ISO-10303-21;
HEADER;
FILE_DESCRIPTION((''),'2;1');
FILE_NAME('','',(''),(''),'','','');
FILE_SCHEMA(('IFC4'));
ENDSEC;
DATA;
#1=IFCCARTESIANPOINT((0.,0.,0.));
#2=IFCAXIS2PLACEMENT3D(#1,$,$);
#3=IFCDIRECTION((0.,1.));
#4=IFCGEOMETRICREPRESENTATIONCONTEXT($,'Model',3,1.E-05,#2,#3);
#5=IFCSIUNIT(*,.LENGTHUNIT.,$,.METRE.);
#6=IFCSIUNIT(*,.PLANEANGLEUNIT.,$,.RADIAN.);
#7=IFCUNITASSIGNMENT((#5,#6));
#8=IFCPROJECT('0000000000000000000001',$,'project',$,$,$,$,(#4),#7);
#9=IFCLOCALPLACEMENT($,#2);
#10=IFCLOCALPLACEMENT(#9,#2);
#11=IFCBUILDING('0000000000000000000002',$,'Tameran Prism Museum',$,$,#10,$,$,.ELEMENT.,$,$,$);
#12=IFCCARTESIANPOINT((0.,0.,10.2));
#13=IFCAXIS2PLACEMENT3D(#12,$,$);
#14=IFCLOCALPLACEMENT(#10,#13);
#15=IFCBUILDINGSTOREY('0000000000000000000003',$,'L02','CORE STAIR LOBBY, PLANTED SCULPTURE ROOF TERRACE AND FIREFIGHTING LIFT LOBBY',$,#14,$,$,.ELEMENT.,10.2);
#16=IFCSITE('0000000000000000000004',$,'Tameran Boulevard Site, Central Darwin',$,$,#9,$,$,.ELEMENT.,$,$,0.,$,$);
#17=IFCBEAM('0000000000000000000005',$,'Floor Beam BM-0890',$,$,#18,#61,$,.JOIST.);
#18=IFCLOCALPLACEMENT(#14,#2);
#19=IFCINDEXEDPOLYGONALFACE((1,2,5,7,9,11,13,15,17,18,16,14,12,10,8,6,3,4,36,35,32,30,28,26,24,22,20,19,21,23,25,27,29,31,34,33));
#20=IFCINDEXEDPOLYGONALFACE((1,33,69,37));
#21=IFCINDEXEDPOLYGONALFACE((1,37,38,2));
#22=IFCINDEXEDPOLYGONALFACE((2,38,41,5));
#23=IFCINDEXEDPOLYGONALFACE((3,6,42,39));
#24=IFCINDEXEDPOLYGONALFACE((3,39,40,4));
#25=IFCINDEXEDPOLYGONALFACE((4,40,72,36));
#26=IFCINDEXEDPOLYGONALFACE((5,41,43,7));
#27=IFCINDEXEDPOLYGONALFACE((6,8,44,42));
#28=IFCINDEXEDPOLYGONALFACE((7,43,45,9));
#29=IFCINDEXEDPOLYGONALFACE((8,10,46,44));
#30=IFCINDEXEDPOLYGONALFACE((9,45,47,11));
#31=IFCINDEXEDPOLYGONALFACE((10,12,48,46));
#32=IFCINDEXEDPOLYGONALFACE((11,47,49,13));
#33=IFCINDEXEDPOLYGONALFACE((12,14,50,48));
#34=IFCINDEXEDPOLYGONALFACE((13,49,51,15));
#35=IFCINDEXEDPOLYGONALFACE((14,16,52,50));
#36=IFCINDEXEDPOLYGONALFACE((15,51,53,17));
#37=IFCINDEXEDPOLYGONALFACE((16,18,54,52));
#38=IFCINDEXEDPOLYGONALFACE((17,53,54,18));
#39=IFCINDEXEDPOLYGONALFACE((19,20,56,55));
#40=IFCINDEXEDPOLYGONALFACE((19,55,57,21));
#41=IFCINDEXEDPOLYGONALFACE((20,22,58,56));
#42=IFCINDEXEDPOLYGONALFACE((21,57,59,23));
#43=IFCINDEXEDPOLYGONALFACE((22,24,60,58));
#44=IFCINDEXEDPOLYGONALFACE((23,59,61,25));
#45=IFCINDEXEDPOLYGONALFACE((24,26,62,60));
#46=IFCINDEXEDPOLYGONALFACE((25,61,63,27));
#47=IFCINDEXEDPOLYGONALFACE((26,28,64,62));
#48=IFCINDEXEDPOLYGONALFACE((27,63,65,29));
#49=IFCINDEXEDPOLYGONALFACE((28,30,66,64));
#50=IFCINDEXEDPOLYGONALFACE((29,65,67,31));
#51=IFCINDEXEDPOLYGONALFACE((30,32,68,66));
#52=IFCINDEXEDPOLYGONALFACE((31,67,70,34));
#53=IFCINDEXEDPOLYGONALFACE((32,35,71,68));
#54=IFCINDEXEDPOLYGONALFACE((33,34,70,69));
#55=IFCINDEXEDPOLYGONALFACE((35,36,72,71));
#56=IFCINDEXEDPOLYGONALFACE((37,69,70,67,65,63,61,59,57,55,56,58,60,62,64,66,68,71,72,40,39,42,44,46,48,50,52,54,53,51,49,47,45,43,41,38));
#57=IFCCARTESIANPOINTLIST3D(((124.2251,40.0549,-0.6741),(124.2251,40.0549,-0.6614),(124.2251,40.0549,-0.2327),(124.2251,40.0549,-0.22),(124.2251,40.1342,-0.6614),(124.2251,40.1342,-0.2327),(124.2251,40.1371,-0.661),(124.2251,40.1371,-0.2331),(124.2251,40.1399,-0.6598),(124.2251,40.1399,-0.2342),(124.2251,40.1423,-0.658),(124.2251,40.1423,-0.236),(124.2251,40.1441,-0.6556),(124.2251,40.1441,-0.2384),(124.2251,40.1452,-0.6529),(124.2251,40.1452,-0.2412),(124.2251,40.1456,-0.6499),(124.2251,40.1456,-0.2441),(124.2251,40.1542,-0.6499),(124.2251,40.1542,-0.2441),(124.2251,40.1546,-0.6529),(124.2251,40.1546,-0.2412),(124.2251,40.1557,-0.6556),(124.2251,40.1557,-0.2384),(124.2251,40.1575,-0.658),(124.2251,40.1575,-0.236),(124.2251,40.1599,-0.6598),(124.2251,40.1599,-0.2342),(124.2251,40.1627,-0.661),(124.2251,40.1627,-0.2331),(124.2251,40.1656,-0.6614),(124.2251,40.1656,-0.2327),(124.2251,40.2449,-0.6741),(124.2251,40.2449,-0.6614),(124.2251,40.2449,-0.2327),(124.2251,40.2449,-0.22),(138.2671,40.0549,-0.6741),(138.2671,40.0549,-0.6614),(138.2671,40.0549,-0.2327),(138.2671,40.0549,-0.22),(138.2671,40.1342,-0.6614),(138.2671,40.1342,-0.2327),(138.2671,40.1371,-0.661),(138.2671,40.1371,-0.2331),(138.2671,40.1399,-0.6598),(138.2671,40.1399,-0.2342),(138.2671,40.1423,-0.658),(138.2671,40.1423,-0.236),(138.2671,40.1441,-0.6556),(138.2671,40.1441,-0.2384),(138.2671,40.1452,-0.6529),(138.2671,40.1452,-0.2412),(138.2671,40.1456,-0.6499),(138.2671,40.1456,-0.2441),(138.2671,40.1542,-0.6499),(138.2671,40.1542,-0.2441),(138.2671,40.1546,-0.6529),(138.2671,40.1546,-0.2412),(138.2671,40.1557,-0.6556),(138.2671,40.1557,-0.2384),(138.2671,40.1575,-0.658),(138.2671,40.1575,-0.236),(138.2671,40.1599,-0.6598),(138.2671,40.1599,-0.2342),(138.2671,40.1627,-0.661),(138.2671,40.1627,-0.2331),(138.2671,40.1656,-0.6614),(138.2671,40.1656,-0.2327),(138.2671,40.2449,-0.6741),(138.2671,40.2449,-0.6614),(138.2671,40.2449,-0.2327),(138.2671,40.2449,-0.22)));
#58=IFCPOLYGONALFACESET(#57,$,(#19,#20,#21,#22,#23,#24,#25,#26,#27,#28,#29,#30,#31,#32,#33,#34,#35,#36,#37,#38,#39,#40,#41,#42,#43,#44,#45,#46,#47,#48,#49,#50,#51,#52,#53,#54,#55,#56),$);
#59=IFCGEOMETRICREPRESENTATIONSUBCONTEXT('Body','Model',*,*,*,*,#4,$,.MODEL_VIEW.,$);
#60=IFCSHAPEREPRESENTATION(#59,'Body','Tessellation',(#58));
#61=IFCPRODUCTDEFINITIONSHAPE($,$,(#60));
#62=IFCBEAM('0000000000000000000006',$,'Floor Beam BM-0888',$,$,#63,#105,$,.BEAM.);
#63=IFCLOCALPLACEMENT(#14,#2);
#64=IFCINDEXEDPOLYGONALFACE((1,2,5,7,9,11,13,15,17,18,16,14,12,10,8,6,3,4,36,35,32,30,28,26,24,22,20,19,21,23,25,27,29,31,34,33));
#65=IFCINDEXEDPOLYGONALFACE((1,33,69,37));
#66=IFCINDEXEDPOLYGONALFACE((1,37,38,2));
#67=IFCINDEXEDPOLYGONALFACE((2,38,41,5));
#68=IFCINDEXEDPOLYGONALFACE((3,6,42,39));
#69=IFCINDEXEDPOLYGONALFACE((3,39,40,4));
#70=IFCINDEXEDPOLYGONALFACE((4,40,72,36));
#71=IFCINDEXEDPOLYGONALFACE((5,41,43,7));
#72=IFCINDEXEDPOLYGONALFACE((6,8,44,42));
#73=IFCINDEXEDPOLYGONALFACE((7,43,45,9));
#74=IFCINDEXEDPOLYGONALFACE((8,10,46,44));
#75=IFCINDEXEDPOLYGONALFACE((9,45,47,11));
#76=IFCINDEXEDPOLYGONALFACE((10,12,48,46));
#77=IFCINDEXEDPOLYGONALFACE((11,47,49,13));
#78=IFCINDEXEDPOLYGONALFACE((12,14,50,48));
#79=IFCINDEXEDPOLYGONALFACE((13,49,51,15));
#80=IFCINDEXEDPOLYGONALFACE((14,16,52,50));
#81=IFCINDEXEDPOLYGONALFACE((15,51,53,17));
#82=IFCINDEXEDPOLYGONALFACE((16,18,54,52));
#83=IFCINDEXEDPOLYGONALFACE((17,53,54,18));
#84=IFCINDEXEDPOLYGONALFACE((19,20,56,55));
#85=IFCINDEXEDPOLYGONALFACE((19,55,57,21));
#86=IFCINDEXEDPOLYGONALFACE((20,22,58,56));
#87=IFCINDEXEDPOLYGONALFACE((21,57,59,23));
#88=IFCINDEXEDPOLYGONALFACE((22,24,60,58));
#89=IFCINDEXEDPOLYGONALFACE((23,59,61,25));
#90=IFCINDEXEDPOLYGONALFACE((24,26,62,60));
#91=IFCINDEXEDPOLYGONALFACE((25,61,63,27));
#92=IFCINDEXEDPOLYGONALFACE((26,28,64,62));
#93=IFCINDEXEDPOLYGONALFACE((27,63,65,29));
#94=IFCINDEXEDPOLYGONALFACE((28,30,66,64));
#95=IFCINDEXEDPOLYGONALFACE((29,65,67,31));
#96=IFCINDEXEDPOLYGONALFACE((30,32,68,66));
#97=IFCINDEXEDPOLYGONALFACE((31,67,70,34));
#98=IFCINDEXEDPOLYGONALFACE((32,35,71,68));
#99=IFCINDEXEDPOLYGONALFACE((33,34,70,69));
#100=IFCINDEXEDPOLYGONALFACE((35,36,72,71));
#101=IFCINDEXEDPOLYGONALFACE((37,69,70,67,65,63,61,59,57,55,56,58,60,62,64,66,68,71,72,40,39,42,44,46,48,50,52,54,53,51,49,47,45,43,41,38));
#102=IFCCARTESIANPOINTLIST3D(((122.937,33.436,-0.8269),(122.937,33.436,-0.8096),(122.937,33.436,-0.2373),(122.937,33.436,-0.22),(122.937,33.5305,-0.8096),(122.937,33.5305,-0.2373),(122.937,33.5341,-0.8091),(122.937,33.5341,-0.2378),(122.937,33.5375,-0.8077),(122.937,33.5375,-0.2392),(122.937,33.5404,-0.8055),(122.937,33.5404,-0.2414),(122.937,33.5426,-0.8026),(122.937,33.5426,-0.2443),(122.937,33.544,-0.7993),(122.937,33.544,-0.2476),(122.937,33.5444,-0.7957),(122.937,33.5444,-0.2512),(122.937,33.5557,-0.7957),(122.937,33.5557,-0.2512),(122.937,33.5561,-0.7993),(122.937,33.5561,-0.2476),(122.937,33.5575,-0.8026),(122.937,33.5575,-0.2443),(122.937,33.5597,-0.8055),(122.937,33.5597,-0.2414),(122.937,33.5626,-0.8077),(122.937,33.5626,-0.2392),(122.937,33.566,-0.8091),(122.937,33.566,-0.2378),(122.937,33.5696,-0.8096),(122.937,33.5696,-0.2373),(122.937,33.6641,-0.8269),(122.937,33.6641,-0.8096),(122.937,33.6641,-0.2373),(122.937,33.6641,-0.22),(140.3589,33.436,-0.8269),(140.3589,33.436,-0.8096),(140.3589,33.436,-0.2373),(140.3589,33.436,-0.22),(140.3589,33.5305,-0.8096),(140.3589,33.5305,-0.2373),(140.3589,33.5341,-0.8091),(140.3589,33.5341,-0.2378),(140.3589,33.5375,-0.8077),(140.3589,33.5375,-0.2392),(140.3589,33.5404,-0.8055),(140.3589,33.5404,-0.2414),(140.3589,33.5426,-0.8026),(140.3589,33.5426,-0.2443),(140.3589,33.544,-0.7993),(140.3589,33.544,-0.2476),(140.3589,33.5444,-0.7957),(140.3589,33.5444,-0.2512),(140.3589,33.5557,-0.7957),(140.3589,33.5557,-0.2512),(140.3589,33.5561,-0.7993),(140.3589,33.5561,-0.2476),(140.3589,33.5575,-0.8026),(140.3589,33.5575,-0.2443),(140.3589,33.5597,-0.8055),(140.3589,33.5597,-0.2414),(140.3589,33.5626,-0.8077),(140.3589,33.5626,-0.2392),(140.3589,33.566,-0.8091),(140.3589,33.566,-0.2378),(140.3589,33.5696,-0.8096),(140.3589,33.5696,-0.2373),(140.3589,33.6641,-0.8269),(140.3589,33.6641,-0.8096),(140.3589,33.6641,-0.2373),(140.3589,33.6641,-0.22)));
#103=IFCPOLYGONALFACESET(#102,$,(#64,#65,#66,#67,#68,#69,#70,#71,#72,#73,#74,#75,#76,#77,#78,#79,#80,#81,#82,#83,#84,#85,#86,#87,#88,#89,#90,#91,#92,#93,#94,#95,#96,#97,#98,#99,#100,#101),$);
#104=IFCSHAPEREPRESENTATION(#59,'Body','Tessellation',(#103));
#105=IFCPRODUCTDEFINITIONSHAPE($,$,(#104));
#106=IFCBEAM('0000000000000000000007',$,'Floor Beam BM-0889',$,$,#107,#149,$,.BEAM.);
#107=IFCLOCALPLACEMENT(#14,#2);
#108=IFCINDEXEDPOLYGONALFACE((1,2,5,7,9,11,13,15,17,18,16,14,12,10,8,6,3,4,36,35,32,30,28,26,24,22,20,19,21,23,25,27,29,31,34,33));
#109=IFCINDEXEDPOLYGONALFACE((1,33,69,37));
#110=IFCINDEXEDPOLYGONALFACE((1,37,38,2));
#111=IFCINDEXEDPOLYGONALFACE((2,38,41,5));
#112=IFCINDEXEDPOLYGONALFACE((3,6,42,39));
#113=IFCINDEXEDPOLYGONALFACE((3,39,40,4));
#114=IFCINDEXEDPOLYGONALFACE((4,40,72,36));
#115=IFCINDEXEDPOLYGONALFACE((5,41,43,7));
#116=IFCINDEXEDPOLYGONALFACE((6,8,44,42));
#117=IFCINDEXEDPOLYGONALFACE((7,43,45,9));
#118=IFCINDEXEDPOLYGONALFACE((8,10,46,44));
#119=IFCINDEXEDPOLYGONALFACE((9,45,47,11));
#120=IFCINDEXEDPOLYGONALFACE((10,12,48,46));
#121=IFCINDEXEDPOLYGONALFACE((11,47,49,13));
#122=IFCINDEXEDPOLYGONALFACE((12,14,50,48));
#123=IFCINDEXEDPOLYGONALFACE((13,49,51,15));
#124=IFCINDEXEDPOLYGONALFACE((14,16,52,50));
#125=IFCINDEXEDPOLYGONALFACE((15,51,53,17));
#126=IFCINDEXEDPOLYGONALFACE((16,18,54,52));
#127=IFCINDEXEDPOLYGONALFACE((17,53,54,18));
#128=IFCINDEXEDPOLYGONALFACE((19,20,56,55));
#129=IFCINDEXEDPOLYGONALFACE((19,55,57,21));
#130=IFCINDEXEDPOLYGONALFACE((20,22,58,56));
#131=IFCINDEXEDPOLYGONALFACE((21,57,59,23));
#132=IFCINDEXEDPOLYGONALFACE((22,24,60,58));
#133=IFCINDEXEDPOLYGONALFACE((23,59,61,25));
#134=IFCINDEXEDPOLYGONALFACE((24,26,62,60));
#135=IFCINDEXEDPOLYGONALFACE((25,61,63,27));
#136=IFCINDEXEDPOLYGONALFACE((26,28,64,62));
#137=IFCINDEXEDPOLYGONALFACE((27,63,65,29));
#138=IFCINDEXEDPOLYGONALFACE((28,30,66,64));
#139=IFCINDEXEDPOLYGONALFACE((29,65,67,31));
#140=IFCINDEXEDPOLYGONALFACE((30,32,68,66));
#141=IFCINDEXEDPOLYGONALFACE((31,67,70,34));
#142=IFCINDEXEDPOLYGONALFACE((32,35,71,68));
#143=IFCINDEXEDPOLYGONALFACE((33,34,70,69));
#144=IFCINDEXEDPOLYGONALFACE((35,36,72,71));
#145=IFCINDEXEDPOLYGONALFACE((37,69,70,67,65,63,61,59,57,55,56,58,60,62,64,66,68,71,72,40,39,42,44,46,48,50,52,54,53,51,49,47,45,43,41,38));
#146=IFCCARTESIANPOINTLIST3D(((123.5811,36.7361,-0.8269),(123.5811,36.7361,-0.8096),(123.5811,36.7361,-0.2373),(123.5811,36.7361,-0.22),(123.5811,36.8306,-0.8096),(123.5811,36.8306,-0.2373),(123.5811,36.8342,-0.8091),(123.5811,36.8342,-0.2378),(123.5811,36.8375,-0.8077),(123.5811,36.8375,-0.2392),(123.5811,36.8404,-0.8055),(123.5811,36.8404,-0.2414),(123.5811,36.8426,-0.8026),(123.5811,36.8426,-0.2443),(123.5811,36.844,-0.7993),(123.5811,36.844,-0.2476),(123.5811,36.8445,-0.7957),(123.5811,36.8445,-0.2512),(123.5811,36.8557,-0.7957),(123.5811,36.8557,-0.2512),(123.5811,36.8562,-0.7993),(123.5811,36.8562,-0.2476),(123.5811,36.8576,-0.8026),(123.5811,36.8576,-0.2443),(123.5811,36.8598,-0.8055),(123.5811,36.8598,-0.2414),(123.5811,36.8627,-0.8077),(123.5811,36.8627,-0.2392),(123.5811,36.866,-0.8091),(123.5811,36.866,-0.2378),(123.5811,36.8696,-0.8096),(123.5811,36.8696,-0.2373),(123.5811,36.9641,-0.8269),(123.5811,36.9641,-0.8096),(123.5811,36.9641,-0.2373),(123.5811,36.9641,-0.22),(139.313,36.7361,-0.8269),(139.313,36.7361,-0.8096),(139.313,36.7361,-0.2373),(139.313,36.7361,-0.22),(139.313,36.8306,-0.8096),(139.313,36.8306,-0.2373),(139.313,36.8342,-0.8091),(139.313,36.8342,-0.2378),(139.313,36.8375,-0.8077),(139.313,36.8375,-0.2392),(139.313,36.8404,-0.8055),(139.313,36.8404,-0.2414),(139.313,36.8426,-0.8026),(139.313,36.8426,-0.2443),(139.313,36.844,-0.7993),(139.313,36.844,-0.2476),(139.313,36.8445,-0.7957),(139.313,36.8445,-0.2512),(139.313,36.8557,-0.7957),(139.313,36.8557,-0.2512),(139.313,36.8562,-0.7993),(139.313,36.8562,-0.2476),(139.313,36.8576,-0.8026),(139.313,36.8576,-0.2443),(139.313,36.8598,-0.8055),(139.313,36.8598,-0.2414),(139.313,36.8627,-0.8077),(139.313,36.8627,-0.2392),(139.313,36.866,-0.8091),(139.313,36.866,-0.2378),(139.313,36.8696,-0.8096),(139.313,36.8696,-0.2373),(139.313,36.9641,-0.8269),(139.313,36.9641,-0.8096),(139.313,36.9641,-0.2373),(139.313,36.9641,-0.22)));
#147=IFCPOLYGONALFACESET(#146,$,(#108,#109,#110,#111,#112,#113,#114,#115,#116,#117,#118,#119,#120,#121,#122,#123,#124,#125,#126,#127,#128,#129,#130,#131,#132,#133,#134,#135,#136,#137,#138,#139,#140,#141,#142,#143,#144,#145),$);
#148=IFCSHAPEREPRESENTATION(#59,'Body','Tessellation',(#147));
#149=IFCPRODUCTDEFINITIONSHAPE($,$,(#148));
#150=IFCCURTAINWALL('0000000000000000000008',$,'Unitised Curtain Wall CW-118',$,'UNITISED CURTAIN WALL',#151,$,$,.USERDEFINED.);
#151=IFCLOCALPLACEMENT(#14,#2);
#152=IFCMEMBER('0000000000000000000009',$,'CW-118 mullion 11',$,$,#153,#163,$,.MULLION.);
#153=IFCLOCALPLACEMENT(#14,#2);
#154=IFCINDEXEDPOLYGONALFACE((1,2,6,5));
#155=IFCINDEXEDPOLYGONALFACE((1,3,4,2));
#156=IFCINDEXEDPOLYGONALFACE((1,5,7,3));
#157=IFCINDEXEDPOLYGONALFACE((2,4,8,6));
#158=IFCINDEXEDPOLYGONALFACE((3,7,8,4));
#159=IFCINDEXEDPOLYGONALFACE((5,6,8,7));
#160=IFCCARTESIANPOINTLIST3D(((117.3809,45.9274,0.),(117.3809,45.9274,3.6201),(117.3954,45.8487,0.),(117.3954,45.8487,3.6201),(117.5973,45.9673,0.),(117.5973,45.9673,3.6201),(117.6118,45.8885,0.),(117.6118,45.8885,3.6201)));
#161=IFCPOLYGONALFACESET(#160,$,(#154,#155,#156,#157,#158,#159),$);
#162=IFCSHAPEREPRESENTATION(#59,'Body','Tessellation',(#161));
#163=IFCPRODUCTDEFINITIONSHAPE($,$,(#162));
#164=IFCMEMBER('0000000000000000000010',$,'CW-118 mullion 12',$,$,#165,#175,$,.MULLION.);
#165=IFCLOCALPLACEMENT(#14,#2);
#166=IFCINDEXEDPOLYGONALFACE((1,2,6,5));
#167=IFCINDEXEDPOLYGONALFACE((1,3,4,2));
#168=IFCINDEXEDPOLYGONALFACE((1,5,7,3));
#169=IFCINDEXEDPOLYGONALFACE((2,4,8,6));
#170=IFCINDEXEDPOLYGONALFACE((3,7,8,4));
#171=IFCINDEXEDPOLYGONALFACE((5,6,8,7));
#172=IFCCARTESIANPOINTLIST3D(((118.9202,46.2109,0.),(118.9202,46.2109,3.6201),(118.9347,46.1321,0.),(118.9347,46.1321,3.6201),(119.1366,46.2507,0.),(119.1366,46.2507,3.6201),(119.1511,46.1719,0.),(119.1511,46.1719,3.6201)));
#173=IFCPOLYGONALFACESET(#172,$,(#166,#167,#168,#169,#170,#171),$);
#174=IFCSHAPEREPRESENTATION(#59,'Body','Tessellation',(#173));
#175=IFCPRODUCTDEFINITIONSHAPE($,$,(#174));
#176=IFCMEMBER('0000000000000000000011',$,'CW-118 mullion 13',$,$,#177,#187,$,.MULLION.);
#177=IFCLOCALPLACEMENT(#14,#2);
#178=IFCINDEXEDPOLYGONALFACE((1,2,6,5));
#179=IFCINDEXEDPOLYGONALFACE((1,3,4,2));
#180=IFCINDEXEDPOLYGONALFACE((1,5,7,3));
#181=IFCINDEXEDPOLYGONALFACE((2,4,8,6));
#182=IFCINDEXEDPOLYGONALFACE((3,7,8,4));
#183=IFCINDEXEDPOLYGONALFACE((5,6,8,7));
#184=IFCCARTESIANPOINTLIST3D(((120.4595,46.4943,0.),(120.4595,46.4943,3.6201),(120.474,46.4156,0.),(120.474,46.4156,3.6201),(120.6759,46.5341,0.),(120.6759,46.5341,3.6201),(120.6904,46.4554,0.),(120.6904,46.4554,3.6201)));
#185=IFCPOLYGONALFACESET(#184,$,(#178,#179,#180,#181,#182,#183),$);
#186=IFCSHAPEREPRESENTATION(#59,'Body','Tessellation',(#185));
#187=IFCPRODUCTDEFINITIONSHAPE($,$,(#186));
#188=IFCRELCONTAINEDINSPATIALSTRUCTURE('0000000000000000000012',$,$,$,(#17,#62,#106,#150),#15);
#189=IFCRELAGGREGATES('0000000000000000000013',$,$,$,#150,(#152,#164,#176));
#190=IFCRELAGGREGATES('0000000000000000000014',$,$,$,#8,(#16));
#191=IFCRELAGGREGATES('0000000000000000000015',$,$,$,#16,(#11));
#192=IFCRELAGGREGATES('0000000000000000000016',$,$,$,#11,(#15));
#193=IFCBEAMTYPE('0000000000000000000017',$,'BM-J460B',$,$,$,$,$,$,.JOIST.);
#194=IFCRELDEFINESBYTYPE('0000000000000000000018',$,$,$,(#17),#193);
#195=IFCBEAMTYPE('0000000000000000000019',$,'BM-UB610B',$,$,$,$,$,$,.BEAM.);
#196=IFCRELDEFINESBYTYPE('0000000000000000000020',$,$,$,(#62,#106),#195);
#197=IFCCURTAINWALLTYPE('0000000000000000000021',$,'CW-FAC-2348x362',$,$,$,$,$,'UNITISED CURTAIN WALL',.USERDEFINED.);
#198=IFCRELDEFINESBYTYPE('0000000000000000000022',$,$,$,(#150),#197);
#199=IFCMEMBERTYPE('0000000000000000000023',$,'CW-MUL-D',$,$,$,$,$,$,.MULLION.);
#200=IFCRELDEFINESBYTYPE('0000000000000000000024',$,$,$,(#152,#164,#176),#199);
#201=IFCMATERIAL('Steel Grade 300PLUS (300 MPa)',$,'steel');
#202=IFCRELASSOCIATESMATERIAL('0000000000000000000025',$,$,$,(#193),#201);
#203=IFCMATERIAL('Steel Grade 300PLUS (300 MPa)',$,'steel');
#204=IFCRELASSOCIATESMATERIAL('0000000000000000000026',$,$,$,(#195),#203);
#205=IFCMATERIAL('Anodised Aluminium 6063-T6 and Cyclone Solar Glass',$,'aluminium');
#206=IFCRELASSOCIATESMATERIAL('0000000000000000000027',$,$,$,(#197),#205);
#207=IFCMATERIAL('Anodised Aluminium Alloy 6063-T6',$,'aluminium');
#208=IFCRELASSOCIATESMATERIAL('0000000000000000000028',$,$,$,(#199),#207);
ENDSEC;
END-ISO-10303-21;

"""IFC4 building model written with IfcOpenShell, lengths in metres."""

from ifc_helpers import new_model, si_unit, direction, frame, origin, origin_2d, place, context, subcontext, project, spatial, rectangle, i_section, extrude, material, material_profile, profile_set, type_object, element, aggregate, save


model = new_model("IFC4")

# Units and contexts
model_context = context("Model", 3, precision=1e-05, world=origin(), true_north=direction((0.0, 1.0)))
body_context = subcontext(model_context, "Body", "Model", "MODEL_VIEW")
ifc_project = project(units=[si_unit("LENGTHUNIT", "METRE"), si_unit("PLANEANGLEUNIT", "RADIAN")], contexts=[model_context])

# Site, building, storey
site_placement = place(None, origin())
site = spatial("IfcSite", under=ifc_project, at=site_placement, Name="Tameran Boulevard Site, Central Darwin", CompositionType="ELEMENT", RefElevation=0.0)
building_placement = place(site_placement, origin())
building = spatial("IfcBuilding", under=site, at=building_placement, Name="Tameran Prism Museum", CompositionType="ELEMENT")
storey_placement = place(building_placement, frame((0.0, 0.0, 10.2)))
storey = spatial("IfcBuildingStorey", under=building, at=storey_placement, Name="L02", Description="CORE STAIR LOBBY, PLANTED SCULPTURE ROOF TERRACE AND FIREFIGHTING LIFT LOBBY", CompositionType="ELEMENT", Elevation=10.2)

# Beams
ifc_material_1 = material(Name="Steel Grade 300PLUS (300 MPa)", Category="steel")
ifc_material_profile_1 = material_profile(ifc_material_1, i_section(OverallWidth=0.1899, OverallDepth=0.4541, WebThickness=0.0085, FlangeThickness=0.0127, FilletRadius=0.0115, at=origin_2d()))
ifc_profile_set_1 = profile_set([ifc_material_profile_1])
beam_type_1 = type_object("IfcBeamType", Name="BM-J460B", PredefinedType="JOIST", material=ifc_profile_set_1)
beam_1_placement = place(storey_placement, frame((124.2251, 40.1499, -0.447), z_axis=(1.0, 0.0, 0.0), x_axis=(0.0, 1.0, 0.0)))
element("IfcBeam", 1, at=beam_1_placement, inside=storey, type_object=beam_type_1, Name="Floor Beam BM-0890", PredefinedType="JOIST", context=body_context, shape_type="SweptSolid", body=[
    extrude(i_section(OverallWidth=0.1899, OverallDepth=0.4541, WebThickness=0.0085, FlangeThickness=0.0127, FilletRadius=0.0115, at=origin_2d()), origin(), (0.0, 0.0, 1.0), 14.042),
])
ifc_material_2 = material(Name="Steel Grade 300PLUS (300 MPa)", Category="steel")
ifc_material_profile_2 = material_profile(ifc_material_2, i_section(OverallWidth=0.228, OverallDepth=0.6069, WebThickness=0.0112, FlangeThickness=0.0173, FilletRadius=0.0139, at=origin_2d()))
ifc_profile_set_2 = profile_set([ifc_material_profile_2])
beam_type_2 = type_object("IfcBeamType", Name="BM-UB610B", PredefinedType="BEAM", material=ifc_profile_set_2)
beam_2_placement = place(storey_placement, frame((122.937, 33.55, -0.5234), z_axis=(1.0, 0.0, 0.0), x_axis=(0.0, 1.0, 0.0)))
element("IfcBeam", 2, at=beam_2_placement, inside=storey, type_object=beam_type_2, Name="Floor Beam BM-0888", PredefinedType="BEAM", context=body_context, shape_type="SweptSolid", body=[
    extrude(i_section(OverallWidth=0.228, OverallDepth=0.6069, WebThickness=0.0112, FlangeThickness=0.0173, FilletRadius=0.0139, at=origin_2d()), origin(), (0.0, 0.0, 1.0), 17.4219),
])
beam_3_placement = place(storey_placement, frame((123.5811, 36.8501, -0.5234), z_axis=(1.0, 0.0, 0.0), x_axis=(0.0, 1.0, 0.0)))
element("IfcBeam", 3, at=beam_3_placement, inside=storey, type_object=beam_type_2, Name="Floor Beam BM-0889", PredefinedType="BEAM", context=body_context, shape_type="SweptSolid", body=[
    extrude(i_section(OverallWidth=0.228, OverallDepth=0.6069, WebThickness=0.0112, FlangeThickness=0.0173, FilletRadius=0.0139, at=origin_2d()), origin(), (0.0, 0.0, 1.0), 15.7319),
])

# Curtain wall, members
ifc_material_3 = material(Name="Anodised Aluminium 6063-T6 and Cyclone Solar Glass", Category="aluminium")
curtain_wall_type = type_object("IfcCurtainWallType", Name="CW-FAC-2348x362", ElementType="UNITISED CURTAIN WALL", PredefinedType="USERDEFINED", material=ifc_material_3)
curtain_wall_placement = place(storey_placement, origin())
curtain_wall = element("IfcCurtainWall", 4, at=curtain_wall_placement, inside=storey, type_object=curtain_wall_type, Name="Unitised Curtain Wall CW-118", ObjectType="UNITISED CURTAIN WALL", PredefinedType="USERDEFINED")
ifc_material_4 = material(Name="Anodised Aluminium Alloy 6063-T6", Category="aluminium")
ifc_material_profile_3 = material_profile(ifc_material_4, rectangle(XDim=0.0801, YDim=0.22, at=origin_2d()))
ifc_profile_set_3 = profile_set([ifc_material_profile_3])
member_type_1 = type_object("IfcMemberType", Name="CW-MUL-D", PredefinedType="MULLION", material=ifc_profile_set_3)
member_1_placement = place(storey_placement, frame((117.4963, 45.908, 0.0), z_axis=(0.0, 0.0, 1.0), x_axis=(-0.181063, 0.983472, 0.0)))
member_1 = element("IfcMember", 5, at=member_1_placement, type_object=member_type_1, Name="CW-118 mullion 11", PredefinedType="MULLION", context=body_context, shape_type="SweptSolid", body=[
    extrude(rectangle(XDim=0.0801, YDim=0.22, at=origin_2d()), origin(), (0.0, 0.0, 1.0), 3.6201),
])
member_2_placement = place(storey_placement, frame((119.0356, 46.1914, 0.0), z_axis=(0.0, 0.0, 1.0), x_axis=(-0.181063, 0.983472, 0.0)))
member_2 = element("IfcMember", 6, at=member_2_placement, type_object=member_type_1, Name="CW-118 mullion 12", PredefinedType="MULLION", context=body_context, shape_type="SweptSolid", body=[
    extrude(rectangle(XDim=0.0801, YDim=0.22, at=origin_2d()), origin(), (0.0, 0.0, 1.0), 3.6201),
])
member_3_placement = place(storey_placement, frame((120.575, 46.4749, 0.0), z_axis=(0.0, 0.0, 1.0), x_axis=(-0.181063, 0.983472, 0.0)))
member_3 = element("IfcMember", 7, at=member_3_placement, type_object=member_type_1, Name="CW-118 mullion 13", PredefinedType="MULLION", context=body_context, shape_type="SweptSolid", body=[
    extrude(rectangle(XDim=0.0801, YDim=0.22, at=origin_2d()), origin(), (0.0, 0.0, 1.0), 3.6201),
])
aggregate(curtain_wall, [member_1, member_2, member_3])

save(model, "model.ifc")
